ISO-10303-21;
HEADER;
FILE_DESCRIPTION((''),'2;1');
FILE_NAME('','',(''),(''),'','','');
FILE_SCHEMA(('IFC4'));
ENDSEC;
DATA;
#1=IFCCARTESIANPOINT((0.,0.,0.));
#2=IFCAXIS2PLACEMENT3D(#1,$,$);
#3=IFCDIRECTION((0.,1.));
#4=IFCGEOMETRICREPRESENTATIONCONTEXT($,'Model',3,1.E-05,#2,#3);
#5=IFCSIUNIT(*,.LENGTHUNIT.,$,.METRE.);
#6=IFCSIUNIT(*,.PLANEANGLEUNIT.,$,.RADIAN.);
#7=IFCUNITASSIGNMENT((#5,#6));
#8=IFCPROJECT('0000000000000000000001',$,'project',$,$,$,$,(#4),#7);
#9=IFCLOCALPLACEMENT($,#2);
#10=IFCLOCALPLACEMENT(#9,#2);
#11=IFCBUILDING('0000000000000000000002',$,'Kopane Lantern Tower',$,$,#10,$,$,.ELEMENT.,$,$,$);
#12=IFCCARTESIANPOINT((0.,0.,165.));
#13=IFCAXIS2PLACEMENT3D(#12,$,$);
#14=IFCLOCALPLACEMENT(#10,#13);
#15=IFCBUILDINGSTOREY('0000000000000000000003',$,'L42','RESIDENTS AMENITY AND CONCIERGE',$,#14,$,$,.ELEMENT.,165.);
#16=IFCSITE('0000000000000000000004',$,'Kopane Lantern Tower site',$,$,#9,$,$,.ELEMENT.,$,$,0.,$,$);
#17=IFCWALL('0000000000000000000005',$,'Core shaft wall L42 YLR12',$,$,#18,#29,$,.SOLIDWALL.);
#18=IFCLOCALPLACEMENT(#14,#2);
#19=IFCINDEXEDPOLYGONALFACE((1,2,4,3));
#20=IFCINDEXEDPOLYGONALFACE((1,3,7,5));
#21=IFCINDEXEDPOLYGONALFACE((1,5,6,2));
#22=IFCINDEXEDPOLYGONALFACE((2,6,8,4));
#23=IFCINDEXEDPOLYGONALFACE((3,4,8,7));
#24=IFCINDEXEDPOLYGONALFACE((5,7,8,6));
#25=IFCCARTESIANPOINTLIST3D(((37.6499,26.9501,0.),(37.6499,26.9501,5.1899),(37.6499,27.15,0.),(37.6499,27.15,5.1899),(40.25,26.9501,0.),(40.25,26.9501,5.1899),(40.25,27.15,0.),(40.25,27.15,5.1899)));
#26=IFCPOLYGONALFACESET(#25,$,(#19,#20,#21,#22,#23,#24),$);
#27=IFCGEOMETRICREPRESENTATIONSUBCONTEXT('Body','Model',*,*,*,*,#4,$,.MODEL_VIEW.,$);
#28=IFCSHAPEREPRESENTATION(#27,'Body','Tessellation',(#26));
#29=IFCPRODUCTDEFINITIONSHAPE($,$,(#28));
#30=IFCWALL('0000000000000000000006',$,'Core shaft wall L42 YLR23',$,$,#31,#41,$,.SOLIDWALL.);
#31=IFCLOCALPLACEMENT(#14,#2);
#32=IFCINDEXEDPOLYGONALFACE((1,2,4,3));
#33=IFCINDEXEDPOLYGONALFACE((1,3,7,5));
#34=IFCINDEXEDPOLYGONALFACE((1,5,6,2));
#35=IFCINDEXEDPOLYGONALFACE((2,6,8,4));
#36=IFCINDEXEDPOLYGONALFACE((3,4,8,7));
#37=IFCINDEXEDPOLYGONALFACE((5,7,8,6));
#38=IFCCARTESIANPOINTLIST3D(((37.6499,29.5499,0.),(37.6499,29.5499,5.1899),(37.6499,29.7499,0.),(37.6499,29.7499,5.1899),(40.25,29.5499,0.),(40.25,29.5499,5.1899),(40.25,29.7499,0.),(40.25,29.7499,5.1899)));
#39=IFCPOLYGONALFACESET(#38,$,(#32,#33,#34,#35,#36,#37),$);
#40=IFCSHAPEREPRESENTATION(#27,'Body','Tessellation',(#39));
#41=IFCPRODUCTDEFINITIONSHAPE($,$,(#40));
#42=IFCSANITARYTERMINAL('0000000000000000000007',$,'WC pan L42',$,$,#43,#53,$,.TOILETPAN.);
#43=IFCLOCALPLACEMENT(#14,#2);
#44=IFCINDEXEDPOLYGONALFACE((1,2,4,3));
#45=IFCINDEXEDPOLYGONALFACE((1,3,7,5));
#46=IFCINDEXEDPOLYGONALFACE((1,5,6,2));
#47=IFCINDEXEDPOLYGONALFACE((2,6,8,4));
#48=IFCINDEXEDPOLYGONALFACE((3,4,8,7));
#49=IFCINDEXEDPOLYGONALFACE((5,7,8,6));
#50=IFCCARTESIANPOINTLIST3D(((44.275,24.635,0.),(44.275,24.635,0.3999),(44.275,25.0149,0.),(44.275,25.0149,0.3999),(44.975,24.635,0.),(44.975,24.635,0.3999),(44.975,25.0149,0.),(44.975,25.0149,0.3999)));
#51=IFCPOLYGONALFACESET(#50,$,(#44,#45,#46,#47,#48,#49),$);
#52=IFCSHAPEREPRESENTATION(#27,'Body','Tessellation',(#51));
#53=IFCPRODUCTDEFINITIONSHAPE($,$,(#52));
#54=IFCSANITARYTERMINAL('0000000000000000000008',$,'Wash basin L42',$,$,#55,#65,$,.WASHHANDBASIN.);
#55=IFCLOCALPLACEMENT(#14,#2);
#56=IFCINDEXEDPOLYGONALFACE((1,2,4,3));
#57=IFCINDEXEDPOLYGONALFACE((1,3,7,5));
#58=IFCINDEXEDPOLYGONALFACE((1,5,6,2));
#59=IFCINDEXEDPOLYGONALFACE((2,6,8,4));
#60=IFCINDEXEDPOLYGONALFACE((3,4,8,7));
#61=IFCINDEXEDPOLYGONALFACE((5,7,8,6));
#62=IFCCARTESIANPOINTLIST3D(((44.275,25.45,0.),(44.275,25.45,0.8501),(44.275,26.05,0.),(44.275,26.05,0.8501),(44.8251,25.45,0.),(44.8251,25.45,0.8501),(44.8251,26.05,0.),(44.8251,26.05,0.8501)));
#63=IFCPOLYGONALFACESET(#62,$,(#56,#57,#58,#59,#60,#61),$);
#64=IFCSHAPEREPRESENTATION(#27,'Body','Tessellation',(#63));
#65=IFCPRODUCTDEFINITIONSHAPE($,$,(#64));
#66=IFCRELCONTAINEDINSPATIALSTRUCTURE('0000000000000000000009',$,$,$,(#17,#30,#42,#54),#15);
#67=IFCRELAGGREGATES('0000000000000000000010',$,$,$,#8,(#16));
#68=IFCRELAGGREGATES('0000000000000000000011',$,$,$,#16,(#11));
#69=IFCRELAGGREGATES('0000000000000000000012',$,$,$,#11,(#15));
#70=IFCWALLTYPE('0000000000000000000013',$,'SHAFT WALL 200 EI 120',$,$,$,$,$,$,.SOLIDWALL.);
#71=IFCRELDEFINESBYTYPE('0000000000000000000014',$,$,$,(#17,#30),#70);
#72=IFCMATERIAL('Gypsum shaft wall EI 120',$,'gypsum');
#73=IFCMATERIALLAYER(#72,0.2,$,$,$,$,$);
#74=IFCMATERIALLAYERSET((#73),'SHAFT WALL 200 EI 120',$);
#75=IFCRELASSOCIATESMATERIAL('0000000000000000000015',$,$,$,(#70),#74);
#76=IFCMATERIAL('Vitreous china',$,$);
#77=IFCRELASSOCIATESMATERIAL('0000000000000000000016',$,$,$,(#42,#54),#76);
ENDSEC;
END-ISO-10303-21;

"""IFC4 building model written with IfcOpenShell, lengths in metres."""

from ifc_helpers import new_model, si_unit, direction, frame, frame_2d, origin, origin_2d, place, context, subcontext, project, spatial, rectangle, extrude, material, layer, layer_set, type_object, element, save


model = new_model("IFC4")

# Units and contexts
model_context = context("Model", 3, precision=1e-05, world=origin(), true_north=direction((0.0, 1.0)))
body_context = subcontext(model_context, "Body", "Model", "MODEL_VIEW")
ifc_project = project(units=[si_unit("LENGTHUNIT", "METRE"), si_unit("PLANEANGLEUNIT", "RADIAN")], contexts=[model_context])

# Site, building, storey
site_placement = place(None, origin())
site = spatial("IfcSite", under=ifc_project, at=site_placement, Name="Kopane Lantern Tower site", CompositionType="ELEMENT", RefElevation=0.0)
building_placement = place(site_placement, origin())
building = spatial("IfcBuilding", under=site, at=building_placement, Name="Kopane Lantern Tower", CompositionType="ELEMENT")
storey_placement = place(building_placement, frame((0.0, 0.0, 165.0)))
storey = spatial("IfcBuildingStorey", under=building, at=storey_placement, Name="L42", Description="RESIDENTS AMENITY AND CONCIERGE", CompositionType="ELEMENT", Elevation=165.0)

# Walls
ifc_material_1 = material(Name="Gypsum shaft wall EI 120", Category="gypsum")
ifc_layer_1 = layer(ifc_material_1, 0.2)
ifc_layer_set_1 = layer_set([ifc_layer_1], Name="SHAFT WALL 200 EI 120")
wall_type_1 = type_object("IfcWallType", Name="SHAFT WALL 200 EI 120", PredefinedType="SOLIDWALL", material=ifc_layer_set_1)
for number, where, z_axis, x_axis, name in (
    (1, (37.6499, 27.05, 0.0), (0.0, 0.0, 1.0), (1.0, 0.0, 0.0), "Core shaft wall L42 YLR12"),
    (2, (37.6499, 29.6499, 0.0), (0.0, 0.0, 1.0), (1.0, 0.0, 0.0), "Core shaft wall L42 YLR23"),
):
    element("IfcWall", number, at=place(storey_placement, frame(where, z_axis=z_axis, x_axis=x_axis)), inside=storey, type_object=wall_type_1, Name=name, PredefinedType="SOLIDWALL", context=body_context, shape_type="SweptSolid", body=[
        extrude(rectangle(XDim=2.6001, YDim=0.2, at=frame_2d((1.3, 0.0))), origin(), (0.0, 0.0, 1.0), 5.1899),
    ])

# Sanitary terminals
ifc_material_2 = material(Name="Vitreous china")
sanitary_terminal_1_placement = place(storey_placement, frame((44.625, 24.825, 0.0), z_axis=(0.0, 0.0, 1.0), x_axis=(1.0, 0.0, 0.0)))
element("IfcSanitaryTerminal", 3, at=sanitary_terminal_1_placement, inside=storey, material=ifc_material_2, Name="WC pan L42", PredefinedType="TOILETPAN", context=body_context, shape_type="SweptSolid", body=[
    extrude(rectangle(XDim=0.7, YDim=0.3799, at=origin_2d()), origin(), (0.0, 0.0, 1.0), 0.3999),
])
sanitary_terminal_2_placement = place(storey_placement, frame((44.55, 25.75, 0.0), z_axis=(0.0, 0.0, 1.0), x_axis=(1.0, 0.0, 0.0)))
element("IfcSanitaryTerminal", 4, at=sanitary_terminal_2_placement, inside=storey, material=ifc_material_2, Name="Wash basin L42", PredefinedType="WASHHANDBASIN", context=body_context, shape_type="SweptSolid", body=[
    extrude(rectangle(XDim=0.55, YDim=0.6001, at=origin_2d()), origin(), (0.0, 0.0, 1.0), 0.8501),
])

save(model, "model.ifc")
